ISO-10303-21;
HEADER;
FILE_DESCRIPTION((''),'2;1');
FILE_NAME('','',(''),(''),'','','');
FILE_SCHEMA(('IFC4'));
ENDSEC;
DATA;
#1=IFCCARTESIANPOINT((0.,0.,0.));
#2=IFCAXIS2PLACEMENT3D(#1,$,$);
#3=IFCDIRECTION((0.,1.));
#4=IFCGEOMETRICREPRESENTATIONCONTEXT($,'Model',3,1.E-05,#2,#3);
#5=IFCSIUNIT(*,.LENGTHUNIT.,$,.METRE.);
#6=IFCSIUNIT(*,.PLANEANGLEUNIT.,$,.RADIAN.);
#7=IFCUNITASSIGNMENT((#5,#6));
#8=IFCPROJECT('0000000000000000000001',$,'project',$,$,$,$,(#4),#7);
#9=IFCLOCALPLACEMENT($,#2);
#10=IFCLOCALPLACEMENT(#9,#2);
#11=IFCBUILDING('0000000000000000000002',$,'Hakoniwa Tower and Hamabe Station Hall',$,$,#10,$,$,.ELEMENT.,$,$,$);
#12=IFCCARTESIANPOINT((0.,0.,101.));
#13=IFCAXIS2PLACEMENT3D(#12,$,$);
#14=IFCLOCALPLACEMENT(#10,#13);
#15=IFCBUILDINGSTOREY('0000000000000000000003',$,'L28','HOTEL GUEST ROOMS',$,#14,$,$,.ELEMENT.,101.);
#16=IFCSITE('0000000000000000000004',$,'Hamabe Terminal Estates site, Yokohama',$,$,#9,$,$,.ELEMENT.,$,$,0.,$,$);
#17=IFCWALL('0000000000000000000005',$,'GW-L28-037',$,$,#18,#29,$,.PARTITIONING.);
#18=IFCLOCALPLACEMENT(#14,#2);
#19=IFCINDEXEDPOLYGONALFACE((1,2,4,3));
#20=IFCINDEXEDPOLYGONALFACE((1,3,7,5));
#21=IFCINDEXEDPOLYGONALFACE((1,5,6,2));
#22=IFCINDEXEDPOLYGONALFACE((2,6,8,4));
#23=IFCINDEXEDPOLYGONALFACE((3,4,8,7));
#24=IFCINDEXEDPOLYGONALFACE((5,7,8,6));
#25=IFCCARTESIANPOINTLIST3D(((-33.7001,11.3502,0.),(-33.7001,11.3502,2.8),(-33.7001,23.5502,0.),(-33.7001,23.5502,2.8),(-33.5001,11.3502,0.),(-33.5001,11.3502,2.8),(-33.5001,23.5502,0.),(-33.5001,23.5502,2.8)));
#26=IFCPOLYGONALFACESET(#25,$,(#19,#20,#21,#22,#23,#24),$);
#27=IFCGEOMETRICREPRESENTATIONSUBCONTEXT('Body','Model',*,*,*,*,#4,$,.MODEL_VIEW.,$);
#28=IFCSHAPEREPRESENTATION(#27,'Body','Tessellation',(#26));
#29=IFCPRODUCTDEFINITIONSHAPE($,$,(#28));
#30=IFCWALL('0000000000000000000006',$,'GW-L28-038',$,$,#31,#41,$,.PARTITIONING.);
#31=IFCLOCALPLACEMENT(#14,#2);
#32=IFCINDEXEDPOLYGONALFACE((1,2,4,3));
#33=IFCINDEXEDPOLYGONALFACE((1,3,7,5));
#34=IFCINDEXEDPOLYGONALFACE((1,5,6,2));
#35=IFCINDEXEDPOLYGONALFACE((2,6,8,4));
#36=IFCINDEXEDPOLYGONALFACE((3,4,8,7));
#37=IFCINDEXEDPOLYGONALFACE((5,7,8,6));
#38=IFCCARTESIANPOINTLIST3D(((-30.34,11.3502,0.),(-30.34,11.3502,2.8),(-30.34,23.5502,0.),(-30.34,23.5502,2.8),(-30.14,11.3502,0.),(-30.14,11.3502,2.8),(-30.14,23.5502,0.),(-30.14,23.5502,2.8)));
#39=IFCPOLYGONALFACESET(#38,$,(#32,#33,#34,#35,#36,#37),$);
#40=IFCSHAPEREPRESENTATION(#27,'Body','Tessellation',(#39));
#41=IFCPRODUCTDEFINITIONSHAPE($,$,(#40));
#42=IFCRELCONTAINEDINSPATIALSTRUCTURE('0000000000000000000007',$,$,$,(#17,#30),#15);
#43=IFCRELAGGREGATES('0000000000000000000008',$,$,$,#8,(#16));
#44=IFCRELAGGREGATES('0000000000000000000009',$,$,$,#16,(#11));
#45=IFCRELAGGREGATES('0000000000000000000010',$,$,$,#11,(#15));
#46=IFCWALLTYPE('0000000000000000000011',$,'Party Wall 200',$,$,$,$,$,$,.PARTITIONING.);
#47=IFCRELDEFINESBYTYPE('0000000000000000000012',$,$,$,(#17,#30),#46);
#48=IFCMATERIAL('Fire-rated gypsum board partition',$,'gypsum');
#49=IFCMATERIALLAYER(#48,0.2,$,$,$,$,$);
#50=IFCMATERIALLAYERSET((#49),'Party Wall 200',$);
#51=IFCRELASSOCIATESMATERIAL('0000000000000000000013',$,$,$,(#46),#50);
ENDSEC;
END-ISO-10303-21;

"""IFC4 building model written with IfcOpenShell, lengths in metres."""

from ifc_helpers import new_model, si_unit, direction, frame, frame_2d, origin, place, context, subcontext, project, spatial, rectangle, extrude, material, layer, layer_set, type_object, element, save


model = new_model("IFC4")

# Units and contexts
model_context = context("Model", 3, precision=1e-05, world=origin(), true_north=direction((0.0, 1.0)))
body_context = subcontext(model_context, "Body", "Model", "MODEL_VIEW")
ifc_project = project(units=[si_unit("LENGTHUNIT", "METRE"), si_unit("PLANEANGLEUNIT", "RADIAN")], contexts=[model_context])

# Site, building, storey
site_placement = place(None, origin())
site = spatial("IfcSite", under=ifc_project, at=site_placement, Name="Hamabe Terminal Estates site, Yokohama", CompositionType="ELEMENT", RefElevation=0.0)
building_placement = place(site_placement, origin())
building = spatial("IfcBuilding", under=site, at=building_placement, Name="Hakoniwa Tower and Hamabe Station Hall", CompositionType="ELEMENT")
storey_placement = place(building_placement, frame((0.0, 0.0, 101.0)))
storey = spatial("IfcBuildingStorey", under=building, at=storey_placement, Name="L28", Description="HOTEL GUEST ROOMS", CompositionType="ELEMENT", Elevation=101.0)

# Walls
ifc_material_1 = material(Name="Fire-rated gypsum board partition", Category="gypsum")
ifc_layer_1 = layer(ifc_material_1, 0.2)
ifc_layer_set_1 = layer_set([ifc_layer_1], Name="Party Wall 200")
wall_type_1 = type_object("IfcWallType", Name="Party Wall 200", PredefinedType="PARTITIONING", material=ifc_layer_set_1)
for number, where, z_axis, x_axis, name in (
    (1, (-33.6001, 11.3501, 0.0), (0.0, 0.0, 1.0), (0.0, 1.0, 0.0), "GW-L28-037"),
    (2, (-30.24, 11.3501, 0.0), (0.0, 0.0, 1.0), (0.0, 1.0, 0.0), "GW-L28-038"),
):
    element("IfcWall", number, at=place(storey_placement, frame(where, z_axis=z_axis, x_axis=x_axis)), inside=storey, type_object=wall_type_1, Name=name, PredefinedType="PARTITIONING", context=body_context, shape_type="SweptSolid", body=[
        extrude(rectangle(XDim=12.2, YDim=0.2, at=frame_2d((6.1001, 0.0))), origin(), (0.0, 0.0, 1.0), 2.8),
    ])

save(model, "model.ifc")
